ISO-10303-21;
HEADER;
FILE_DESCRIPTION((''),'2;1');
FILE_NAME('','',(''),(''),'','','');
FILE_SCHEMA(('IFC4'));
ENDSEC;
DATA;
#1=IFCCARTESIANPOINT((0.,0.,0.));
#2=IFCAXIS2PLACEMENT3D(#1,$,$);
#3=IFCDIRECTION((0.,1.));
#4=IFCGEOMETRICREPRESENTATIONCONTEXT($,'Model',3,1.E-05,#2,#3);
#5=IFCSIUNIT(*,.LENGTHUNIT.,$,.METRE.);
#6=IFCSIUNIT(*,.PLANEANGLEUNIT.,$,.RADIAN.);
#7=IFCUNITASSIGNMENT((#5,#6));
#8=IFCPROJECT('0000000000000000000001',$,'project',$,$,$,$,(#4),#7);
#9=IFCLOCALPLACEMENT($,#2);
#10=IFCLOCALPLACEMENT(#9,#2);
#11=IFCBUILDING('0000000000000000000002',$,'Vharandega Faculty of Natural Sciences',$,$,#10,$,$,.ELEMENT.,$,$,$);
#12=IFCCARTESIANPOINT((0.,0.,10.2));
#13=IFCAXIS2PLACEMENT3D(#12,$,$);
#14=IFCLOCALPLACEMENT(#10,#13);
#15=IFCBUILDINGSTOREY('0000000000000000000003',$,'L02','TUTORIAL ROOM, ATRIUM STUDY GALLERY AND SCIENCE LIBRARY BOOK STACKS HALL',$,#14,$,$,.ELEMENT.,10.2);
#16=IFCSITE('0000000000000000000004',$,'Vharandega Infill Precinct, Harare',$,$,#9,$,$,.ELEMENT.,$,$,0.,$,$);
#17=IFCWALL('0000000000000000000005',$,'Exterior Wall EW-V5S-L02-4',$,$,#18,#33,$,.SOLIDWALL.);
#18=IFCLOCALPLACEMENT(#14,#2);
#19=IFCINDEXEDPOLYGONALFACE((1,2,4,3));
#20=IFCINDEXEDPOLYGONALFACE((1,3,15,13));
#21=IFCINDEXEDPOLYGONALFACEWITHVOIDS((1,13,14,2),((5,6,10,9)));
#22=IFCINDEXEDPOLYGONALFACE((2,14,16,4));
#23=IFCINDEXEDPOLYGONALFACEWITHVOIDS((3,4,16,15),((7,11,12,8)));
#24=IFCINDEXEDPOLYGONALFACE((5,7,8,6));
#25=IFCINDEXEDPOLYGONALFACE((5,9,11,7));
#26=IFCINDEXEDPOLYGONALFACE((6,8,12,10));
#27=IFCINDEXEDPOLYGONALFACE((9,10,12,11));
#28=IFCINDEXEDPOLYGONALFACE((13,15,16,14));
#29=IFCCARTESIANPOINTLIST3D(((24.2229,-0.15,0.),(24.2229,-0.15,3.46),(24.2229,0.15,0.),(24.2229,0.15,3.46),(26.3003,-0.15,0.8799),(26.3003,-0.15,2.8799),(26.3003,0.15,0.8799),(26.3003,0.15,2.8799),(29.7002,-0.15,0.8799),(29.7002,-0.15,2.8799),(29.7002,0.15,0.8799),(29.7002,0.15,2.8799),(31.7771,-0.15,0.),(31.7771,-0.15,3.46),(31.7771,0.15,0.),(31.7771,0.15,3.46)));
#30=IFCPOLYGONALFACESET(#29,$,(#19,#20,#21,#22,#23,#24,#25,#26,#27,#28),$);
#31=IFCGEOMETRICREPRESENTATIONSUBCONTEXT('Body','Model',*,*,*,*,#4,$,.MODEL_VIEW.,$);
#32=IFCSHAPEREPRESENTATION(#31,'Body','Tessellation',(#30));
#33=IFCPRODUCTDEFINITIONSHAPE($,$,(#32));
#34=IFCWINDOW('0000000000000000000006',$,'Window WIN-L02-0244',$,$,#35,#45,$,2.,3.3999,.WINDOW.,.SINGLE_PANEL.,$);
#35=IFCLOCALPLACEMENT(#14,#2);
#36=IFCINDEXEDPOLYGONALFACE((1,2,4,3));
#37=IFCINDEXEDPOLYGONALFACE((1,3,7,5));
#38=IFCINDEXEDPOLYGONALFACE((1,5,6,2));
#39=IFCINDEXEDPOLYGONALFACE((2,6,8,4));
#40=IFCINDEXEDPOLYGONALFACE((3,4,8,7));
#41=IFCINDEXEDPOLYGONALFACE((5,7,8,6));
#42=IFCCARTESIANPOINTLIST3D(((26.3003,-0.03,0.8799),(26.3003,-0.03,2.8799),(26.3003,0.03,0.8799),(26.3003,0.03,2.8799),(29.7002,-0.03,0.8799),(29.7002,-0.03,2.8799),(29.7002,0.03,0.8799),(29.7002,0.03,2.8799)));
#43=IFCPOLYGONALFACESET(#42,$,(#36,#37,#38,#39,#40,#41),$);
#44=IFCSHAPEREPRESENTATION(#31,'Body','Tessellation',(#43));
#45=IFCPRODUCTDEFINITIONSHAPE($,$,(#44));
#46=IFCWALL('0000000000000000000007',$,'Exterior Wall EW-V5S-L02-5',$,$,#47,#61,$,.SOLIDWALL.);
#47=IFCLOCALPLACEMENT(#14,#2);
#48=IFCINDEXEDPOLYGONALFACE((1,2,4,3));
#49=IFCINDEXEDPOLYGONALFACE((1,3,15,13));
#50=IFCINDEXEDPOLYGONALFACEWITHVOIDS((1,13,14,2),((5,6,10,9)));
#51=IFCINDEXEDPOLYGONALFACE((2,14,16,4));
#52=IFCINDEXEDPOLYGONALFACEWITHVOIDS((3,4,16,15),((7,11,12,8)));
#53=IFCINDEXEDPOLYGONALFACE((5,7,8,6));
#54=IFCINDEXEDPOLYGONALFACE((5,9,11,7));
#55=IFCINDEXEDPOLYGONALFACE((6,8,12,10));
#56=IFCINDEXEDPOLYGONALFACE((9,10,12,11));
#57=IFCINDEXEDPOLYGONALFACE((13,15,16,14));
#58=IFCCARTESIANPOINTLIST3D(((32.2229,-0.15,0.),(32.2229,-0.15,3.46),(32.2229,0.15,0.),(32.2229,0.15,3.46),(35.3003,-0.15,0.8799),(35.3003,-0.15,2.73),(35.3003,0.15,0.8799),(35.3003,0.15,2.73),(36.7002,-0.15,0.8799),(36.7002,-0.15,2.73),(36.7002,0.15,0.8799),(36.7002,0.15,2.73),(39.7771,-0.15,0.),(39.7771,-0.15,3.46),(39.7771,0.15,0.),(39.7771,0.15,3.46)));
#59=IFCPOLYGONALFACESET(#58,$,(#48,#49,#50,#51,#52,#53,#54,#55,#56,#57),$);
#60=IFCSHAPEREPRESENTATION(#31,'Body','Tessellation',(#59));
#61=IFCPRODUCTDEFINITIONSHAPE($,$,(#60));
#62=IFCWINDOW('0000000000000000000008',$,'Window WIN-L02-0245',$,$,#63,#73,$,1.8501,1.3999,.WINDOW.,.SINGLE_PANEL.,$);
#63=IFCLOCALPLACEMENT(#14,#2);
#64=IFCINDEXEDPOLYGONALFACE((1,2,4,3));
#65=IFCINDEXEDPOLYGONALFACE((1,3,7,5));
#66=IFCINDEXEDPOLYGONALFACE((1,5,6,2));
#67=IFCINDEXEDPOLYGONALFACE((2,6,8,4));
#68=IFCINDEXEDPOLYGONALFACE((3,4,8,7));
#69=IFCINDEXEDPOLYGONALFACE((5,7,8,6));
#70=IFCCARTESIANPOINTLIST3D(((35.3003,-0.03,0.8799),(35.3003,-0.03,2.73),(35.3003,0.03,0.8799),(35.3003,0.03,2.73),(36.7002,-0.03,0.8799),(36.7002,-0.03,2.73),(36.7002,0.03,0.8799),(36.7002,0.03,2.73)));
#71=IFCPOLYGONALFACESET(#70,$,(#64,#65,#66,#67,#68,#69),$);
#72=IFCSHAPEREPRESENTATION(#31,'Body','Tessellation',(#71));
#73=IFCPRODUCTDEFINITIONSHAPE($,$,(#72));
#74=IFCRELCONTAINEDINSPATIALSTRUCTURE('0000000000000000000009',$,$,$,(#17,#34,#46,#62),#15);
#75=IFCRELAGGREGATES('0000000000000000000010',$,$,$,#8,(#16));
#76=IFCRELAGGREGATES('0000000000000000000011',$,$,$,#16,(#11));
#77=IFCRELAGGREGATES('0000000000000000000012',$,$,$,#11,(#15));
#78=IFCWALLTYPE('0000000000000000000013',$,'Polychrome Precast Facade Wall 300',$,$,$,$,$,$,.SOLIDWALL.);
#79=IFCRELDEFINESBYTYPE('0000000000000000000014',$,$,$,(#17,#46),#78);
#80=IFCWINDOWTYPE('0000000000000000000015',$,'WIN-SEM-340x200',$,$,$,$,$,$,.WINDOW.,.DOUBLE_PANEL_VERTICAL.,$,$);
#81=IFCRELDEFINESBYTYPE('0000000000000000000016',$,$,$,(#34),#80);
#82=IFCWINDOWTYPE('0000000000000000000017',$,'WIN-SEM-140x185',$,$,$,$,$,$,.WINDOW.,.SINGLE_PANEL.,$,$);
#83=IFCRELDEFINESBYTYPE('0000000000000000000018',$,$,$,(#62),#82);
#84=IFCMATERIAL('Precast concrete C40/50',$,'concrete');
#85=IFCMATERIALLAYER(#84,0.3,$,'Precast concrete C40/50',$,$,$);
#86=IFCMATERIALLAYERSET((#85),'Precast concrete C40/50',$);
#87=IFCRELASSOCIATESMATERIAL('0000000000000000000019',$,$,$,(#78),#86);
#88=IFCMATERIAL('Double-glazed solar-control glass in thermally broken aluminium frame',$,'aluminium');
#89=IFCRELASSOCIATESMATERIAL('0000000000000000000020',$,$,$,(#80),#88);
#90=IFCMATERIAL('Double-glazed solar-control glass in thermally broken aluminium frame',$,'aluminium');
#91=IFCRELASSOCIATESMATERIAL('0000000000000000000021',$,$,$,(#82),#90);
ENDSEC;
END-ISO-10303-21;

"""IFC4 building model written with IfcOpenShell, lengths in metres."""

from ifc_helpers import new_model, si_unit, direction, frame, frame_2d, origin, place, context, subcontext, project, spatial, rectangle, extrude, material, layer, layer_set, type_object, element, fill, save


model = new_model("IFC4")

# Units and contexts
model_context = context("Model", 3, precision=1e-05, world=origin(), true_north=direction((0.0, 1.0)))
body_context = subcontext(model_context, "Body", "Model", "MODEL_VIEW")
ifc_project = project(units=[si_unit("LENGTHUNIT", "METRE"), si_unit("PLANEANGLEUNIT", "RADIAN")], contexts=[model_context])

# Site, building, storey
site_placement = place(None, origin())
site = spatial("IfcSite", under=ifc_project, at=site_placement, Name="Vharandega Infill Precinct, Harare", CompositionType="ELEMENT", RefElevation=0.0)
building_placement = place(site_placement, origin())
building = spatial("IfcBuilding", under=site, at=building_placement, Name="Vharandega Faculty of Natural Sciences", CompositionType="ELEMENT")
storey_placement = place(building_placement, frame((0.0, 0.0, 10.2)))
storey = spatial("IfcBuildingStorey", under=building, at=storey_placement, Name="L02", Description="TUTORIAL ROOM, ATRIUM STUDY GALLERY AND SCIENCE LIBRARY BOOK STACKS HALL", CompositionType="ELEMENT", Elevation=10.2)

# Walls, openings, windows
ifc_material_1 = material(Name="Precast concrete C40/50", Category="concrete")
ifc_layer_1 = layer(ifc_material_1, 0.3, Name="Precast concrete C40/50")
ifc_layer_set_1 = layer_set([ifc_layer_1], Name="Precast concrete C40/50")
wall_type_1 = type_object("IfcWallType", Name="Polychrome Precast Facade Wall 300", PredefinedType="SOLIDWALL", material=ifc_layer_set_1)
wall_1_placement = place(storey_placement, frame((31.7771, 0.0, 0.0), z_axis=(0.0, 0.0, 1.0), x_axis=(-1.0, 0.0, 0.0)))
wall_1 = element("IfcWall", 1, at=wall_1_placement, inside=storey, type_object=wall_type_1, Name="Exterior Wall EW-V5S-L02-4", PredefinedType="SOLIDWALL", context=body_context, shape_type="SweptSolid", body=[
    extrude(rectangle(XDim=7.5542, YDim=0.3, at=frame_2d((3.7771, 0.0))), origin(), (0.0, 0.0, 1.0), 3.46),
])
opening_1_placement = place(wall_1_placement, frame((2.0769, 0.0, 0.8799)))
opening_1 = element("IfcOpeningElement", 2, at=opening_1_placement, cuts=wall_1, PredefinedType="OPENING", context=body_context, shape_type="SweptSolid", body=[
    extrude(rectangle(XDim=3.3999, YDim=2.0, at=frame_2d((1.7, 1.0))), frame((0.0, 0.1602, 0.0), z_axis=(0.0, -1.0, 0.0), x_axis=(1.0, 0.0, 0.0)), (0.0, 0.0, 1.0), 0.3201),
])
ifc_material_2 = material(Name="Double-glazed solar-control glass in thermally broken aluminium frame", Category="aluminium")
window_type_1 = type_object("IfcWindowType", Name="WIN-SEM-340x200", PartitioningType="DOUBLE_PANEL_VERTICAL", PredefinedType="WINDOW", material=ifc_material_2)
window_1_placement = place(opening_1_placement, origin())
window_1 = element("IfcWindow", 3, at=window_1_placement, inside=storey, type_object=window_type_1, Name="Window WIN-L02-0244", OverallHeight=2.0, OverallWidth=3.3999, PartitioningType="SINGLE_PANEL", PredefinedType="WINDOW", context=body_context, shape_type="SweptSolid", body=[
    extrude(rectangle(XDim=3.3999, YDim=2.0, at=frame_2d((1.7, 1.0))), frame((0.0, 0.03, 0.0), z_axis=(0.0, -1.0, 0.0), x_axis=(1.0, 0.0, 0.0)), (0.0, 0.0, 1.0), 0.0601),
])
fill(opening_1, window_1)
wall_2_placement = place(storey_placement, frame((39.7771, 0.0, 0.0), z_axis=(0.0, 0.0, 1.0), x_axis=(-1.0, 0.0, 0.0)))
wall_2 = element("IfcWall", 4, at=wall_2_placement, inside=storey, type_object=wall_type_1, Name="Exterior Wall EW-V5S-L02-5", PredefinedType="SOLIDWALL", context=body_context, shape_type="SweptSolid", body=[
    extrude(rectangle(XDim=7.5542, YDim=0.3, at=frame_2d((3.7771, 0.0))), origin(), (0.0, 0.0, 1.0), 3.46),
])
opening_2_placement = place(wall_2_placement, frame((3.0769, 0.0, 0.8799)))
opening_2 = element("IfcOpeningElement", 5, at=opening_2_placement, cuts=wall_2, PredefinedType="OPENING", context=body_context, shape_type="SweptSolid", body=[
    extrude(rectangle(XDim=1.3999, YDim=1.8501, at=frame_2d((0.7, 0.925))), frame((0.0, 0.1602, 0.0), z_axis=(0.0, -1.0, 0.0), x_axis=(1.0, 0.0, 0.0)), (0.0, 0.0, 1.0), 0.3201),
])
ifc_material_3 = material(Name="Double-glazed solar-control glass in thermally broken aluminium frame", Category="aluminium")
window_type_2 = type_object("IfcWindowType", Name="WIN-SEM-140x185", PartitioningType="SINGLE_PANEL", PredefinedType="WINDOW", material=ifc_material_3)
window_2_placement = place(opening_2_placement, origin())
window_2 = element("IfcWindow", 6, at=window_2_placement, inside=storey, type_object=window_type_2, Name="Window WIN-L02-0245", OverallHeight=1.8501, OverallWidth=1.3999, PartitioningType="SINGLE_PANEL", PredefinedType="WINDOW", context=body_context, shape_type="SweptSolid", body=[
    extrude(rectangle(XDim=1.3999, YDim=1.8501, at=frame_2d((0.7, 0.925))), frame((0.0, 0.03, 0.0), z_axis=(0.0, -1.0, 0.0), x_axis=(1.0, 0.0, 0.0)), (0.0, 0.0, 1.0), 0.0601),
])
fill(opening_2, window_2)

save(model, "model.ifc")
